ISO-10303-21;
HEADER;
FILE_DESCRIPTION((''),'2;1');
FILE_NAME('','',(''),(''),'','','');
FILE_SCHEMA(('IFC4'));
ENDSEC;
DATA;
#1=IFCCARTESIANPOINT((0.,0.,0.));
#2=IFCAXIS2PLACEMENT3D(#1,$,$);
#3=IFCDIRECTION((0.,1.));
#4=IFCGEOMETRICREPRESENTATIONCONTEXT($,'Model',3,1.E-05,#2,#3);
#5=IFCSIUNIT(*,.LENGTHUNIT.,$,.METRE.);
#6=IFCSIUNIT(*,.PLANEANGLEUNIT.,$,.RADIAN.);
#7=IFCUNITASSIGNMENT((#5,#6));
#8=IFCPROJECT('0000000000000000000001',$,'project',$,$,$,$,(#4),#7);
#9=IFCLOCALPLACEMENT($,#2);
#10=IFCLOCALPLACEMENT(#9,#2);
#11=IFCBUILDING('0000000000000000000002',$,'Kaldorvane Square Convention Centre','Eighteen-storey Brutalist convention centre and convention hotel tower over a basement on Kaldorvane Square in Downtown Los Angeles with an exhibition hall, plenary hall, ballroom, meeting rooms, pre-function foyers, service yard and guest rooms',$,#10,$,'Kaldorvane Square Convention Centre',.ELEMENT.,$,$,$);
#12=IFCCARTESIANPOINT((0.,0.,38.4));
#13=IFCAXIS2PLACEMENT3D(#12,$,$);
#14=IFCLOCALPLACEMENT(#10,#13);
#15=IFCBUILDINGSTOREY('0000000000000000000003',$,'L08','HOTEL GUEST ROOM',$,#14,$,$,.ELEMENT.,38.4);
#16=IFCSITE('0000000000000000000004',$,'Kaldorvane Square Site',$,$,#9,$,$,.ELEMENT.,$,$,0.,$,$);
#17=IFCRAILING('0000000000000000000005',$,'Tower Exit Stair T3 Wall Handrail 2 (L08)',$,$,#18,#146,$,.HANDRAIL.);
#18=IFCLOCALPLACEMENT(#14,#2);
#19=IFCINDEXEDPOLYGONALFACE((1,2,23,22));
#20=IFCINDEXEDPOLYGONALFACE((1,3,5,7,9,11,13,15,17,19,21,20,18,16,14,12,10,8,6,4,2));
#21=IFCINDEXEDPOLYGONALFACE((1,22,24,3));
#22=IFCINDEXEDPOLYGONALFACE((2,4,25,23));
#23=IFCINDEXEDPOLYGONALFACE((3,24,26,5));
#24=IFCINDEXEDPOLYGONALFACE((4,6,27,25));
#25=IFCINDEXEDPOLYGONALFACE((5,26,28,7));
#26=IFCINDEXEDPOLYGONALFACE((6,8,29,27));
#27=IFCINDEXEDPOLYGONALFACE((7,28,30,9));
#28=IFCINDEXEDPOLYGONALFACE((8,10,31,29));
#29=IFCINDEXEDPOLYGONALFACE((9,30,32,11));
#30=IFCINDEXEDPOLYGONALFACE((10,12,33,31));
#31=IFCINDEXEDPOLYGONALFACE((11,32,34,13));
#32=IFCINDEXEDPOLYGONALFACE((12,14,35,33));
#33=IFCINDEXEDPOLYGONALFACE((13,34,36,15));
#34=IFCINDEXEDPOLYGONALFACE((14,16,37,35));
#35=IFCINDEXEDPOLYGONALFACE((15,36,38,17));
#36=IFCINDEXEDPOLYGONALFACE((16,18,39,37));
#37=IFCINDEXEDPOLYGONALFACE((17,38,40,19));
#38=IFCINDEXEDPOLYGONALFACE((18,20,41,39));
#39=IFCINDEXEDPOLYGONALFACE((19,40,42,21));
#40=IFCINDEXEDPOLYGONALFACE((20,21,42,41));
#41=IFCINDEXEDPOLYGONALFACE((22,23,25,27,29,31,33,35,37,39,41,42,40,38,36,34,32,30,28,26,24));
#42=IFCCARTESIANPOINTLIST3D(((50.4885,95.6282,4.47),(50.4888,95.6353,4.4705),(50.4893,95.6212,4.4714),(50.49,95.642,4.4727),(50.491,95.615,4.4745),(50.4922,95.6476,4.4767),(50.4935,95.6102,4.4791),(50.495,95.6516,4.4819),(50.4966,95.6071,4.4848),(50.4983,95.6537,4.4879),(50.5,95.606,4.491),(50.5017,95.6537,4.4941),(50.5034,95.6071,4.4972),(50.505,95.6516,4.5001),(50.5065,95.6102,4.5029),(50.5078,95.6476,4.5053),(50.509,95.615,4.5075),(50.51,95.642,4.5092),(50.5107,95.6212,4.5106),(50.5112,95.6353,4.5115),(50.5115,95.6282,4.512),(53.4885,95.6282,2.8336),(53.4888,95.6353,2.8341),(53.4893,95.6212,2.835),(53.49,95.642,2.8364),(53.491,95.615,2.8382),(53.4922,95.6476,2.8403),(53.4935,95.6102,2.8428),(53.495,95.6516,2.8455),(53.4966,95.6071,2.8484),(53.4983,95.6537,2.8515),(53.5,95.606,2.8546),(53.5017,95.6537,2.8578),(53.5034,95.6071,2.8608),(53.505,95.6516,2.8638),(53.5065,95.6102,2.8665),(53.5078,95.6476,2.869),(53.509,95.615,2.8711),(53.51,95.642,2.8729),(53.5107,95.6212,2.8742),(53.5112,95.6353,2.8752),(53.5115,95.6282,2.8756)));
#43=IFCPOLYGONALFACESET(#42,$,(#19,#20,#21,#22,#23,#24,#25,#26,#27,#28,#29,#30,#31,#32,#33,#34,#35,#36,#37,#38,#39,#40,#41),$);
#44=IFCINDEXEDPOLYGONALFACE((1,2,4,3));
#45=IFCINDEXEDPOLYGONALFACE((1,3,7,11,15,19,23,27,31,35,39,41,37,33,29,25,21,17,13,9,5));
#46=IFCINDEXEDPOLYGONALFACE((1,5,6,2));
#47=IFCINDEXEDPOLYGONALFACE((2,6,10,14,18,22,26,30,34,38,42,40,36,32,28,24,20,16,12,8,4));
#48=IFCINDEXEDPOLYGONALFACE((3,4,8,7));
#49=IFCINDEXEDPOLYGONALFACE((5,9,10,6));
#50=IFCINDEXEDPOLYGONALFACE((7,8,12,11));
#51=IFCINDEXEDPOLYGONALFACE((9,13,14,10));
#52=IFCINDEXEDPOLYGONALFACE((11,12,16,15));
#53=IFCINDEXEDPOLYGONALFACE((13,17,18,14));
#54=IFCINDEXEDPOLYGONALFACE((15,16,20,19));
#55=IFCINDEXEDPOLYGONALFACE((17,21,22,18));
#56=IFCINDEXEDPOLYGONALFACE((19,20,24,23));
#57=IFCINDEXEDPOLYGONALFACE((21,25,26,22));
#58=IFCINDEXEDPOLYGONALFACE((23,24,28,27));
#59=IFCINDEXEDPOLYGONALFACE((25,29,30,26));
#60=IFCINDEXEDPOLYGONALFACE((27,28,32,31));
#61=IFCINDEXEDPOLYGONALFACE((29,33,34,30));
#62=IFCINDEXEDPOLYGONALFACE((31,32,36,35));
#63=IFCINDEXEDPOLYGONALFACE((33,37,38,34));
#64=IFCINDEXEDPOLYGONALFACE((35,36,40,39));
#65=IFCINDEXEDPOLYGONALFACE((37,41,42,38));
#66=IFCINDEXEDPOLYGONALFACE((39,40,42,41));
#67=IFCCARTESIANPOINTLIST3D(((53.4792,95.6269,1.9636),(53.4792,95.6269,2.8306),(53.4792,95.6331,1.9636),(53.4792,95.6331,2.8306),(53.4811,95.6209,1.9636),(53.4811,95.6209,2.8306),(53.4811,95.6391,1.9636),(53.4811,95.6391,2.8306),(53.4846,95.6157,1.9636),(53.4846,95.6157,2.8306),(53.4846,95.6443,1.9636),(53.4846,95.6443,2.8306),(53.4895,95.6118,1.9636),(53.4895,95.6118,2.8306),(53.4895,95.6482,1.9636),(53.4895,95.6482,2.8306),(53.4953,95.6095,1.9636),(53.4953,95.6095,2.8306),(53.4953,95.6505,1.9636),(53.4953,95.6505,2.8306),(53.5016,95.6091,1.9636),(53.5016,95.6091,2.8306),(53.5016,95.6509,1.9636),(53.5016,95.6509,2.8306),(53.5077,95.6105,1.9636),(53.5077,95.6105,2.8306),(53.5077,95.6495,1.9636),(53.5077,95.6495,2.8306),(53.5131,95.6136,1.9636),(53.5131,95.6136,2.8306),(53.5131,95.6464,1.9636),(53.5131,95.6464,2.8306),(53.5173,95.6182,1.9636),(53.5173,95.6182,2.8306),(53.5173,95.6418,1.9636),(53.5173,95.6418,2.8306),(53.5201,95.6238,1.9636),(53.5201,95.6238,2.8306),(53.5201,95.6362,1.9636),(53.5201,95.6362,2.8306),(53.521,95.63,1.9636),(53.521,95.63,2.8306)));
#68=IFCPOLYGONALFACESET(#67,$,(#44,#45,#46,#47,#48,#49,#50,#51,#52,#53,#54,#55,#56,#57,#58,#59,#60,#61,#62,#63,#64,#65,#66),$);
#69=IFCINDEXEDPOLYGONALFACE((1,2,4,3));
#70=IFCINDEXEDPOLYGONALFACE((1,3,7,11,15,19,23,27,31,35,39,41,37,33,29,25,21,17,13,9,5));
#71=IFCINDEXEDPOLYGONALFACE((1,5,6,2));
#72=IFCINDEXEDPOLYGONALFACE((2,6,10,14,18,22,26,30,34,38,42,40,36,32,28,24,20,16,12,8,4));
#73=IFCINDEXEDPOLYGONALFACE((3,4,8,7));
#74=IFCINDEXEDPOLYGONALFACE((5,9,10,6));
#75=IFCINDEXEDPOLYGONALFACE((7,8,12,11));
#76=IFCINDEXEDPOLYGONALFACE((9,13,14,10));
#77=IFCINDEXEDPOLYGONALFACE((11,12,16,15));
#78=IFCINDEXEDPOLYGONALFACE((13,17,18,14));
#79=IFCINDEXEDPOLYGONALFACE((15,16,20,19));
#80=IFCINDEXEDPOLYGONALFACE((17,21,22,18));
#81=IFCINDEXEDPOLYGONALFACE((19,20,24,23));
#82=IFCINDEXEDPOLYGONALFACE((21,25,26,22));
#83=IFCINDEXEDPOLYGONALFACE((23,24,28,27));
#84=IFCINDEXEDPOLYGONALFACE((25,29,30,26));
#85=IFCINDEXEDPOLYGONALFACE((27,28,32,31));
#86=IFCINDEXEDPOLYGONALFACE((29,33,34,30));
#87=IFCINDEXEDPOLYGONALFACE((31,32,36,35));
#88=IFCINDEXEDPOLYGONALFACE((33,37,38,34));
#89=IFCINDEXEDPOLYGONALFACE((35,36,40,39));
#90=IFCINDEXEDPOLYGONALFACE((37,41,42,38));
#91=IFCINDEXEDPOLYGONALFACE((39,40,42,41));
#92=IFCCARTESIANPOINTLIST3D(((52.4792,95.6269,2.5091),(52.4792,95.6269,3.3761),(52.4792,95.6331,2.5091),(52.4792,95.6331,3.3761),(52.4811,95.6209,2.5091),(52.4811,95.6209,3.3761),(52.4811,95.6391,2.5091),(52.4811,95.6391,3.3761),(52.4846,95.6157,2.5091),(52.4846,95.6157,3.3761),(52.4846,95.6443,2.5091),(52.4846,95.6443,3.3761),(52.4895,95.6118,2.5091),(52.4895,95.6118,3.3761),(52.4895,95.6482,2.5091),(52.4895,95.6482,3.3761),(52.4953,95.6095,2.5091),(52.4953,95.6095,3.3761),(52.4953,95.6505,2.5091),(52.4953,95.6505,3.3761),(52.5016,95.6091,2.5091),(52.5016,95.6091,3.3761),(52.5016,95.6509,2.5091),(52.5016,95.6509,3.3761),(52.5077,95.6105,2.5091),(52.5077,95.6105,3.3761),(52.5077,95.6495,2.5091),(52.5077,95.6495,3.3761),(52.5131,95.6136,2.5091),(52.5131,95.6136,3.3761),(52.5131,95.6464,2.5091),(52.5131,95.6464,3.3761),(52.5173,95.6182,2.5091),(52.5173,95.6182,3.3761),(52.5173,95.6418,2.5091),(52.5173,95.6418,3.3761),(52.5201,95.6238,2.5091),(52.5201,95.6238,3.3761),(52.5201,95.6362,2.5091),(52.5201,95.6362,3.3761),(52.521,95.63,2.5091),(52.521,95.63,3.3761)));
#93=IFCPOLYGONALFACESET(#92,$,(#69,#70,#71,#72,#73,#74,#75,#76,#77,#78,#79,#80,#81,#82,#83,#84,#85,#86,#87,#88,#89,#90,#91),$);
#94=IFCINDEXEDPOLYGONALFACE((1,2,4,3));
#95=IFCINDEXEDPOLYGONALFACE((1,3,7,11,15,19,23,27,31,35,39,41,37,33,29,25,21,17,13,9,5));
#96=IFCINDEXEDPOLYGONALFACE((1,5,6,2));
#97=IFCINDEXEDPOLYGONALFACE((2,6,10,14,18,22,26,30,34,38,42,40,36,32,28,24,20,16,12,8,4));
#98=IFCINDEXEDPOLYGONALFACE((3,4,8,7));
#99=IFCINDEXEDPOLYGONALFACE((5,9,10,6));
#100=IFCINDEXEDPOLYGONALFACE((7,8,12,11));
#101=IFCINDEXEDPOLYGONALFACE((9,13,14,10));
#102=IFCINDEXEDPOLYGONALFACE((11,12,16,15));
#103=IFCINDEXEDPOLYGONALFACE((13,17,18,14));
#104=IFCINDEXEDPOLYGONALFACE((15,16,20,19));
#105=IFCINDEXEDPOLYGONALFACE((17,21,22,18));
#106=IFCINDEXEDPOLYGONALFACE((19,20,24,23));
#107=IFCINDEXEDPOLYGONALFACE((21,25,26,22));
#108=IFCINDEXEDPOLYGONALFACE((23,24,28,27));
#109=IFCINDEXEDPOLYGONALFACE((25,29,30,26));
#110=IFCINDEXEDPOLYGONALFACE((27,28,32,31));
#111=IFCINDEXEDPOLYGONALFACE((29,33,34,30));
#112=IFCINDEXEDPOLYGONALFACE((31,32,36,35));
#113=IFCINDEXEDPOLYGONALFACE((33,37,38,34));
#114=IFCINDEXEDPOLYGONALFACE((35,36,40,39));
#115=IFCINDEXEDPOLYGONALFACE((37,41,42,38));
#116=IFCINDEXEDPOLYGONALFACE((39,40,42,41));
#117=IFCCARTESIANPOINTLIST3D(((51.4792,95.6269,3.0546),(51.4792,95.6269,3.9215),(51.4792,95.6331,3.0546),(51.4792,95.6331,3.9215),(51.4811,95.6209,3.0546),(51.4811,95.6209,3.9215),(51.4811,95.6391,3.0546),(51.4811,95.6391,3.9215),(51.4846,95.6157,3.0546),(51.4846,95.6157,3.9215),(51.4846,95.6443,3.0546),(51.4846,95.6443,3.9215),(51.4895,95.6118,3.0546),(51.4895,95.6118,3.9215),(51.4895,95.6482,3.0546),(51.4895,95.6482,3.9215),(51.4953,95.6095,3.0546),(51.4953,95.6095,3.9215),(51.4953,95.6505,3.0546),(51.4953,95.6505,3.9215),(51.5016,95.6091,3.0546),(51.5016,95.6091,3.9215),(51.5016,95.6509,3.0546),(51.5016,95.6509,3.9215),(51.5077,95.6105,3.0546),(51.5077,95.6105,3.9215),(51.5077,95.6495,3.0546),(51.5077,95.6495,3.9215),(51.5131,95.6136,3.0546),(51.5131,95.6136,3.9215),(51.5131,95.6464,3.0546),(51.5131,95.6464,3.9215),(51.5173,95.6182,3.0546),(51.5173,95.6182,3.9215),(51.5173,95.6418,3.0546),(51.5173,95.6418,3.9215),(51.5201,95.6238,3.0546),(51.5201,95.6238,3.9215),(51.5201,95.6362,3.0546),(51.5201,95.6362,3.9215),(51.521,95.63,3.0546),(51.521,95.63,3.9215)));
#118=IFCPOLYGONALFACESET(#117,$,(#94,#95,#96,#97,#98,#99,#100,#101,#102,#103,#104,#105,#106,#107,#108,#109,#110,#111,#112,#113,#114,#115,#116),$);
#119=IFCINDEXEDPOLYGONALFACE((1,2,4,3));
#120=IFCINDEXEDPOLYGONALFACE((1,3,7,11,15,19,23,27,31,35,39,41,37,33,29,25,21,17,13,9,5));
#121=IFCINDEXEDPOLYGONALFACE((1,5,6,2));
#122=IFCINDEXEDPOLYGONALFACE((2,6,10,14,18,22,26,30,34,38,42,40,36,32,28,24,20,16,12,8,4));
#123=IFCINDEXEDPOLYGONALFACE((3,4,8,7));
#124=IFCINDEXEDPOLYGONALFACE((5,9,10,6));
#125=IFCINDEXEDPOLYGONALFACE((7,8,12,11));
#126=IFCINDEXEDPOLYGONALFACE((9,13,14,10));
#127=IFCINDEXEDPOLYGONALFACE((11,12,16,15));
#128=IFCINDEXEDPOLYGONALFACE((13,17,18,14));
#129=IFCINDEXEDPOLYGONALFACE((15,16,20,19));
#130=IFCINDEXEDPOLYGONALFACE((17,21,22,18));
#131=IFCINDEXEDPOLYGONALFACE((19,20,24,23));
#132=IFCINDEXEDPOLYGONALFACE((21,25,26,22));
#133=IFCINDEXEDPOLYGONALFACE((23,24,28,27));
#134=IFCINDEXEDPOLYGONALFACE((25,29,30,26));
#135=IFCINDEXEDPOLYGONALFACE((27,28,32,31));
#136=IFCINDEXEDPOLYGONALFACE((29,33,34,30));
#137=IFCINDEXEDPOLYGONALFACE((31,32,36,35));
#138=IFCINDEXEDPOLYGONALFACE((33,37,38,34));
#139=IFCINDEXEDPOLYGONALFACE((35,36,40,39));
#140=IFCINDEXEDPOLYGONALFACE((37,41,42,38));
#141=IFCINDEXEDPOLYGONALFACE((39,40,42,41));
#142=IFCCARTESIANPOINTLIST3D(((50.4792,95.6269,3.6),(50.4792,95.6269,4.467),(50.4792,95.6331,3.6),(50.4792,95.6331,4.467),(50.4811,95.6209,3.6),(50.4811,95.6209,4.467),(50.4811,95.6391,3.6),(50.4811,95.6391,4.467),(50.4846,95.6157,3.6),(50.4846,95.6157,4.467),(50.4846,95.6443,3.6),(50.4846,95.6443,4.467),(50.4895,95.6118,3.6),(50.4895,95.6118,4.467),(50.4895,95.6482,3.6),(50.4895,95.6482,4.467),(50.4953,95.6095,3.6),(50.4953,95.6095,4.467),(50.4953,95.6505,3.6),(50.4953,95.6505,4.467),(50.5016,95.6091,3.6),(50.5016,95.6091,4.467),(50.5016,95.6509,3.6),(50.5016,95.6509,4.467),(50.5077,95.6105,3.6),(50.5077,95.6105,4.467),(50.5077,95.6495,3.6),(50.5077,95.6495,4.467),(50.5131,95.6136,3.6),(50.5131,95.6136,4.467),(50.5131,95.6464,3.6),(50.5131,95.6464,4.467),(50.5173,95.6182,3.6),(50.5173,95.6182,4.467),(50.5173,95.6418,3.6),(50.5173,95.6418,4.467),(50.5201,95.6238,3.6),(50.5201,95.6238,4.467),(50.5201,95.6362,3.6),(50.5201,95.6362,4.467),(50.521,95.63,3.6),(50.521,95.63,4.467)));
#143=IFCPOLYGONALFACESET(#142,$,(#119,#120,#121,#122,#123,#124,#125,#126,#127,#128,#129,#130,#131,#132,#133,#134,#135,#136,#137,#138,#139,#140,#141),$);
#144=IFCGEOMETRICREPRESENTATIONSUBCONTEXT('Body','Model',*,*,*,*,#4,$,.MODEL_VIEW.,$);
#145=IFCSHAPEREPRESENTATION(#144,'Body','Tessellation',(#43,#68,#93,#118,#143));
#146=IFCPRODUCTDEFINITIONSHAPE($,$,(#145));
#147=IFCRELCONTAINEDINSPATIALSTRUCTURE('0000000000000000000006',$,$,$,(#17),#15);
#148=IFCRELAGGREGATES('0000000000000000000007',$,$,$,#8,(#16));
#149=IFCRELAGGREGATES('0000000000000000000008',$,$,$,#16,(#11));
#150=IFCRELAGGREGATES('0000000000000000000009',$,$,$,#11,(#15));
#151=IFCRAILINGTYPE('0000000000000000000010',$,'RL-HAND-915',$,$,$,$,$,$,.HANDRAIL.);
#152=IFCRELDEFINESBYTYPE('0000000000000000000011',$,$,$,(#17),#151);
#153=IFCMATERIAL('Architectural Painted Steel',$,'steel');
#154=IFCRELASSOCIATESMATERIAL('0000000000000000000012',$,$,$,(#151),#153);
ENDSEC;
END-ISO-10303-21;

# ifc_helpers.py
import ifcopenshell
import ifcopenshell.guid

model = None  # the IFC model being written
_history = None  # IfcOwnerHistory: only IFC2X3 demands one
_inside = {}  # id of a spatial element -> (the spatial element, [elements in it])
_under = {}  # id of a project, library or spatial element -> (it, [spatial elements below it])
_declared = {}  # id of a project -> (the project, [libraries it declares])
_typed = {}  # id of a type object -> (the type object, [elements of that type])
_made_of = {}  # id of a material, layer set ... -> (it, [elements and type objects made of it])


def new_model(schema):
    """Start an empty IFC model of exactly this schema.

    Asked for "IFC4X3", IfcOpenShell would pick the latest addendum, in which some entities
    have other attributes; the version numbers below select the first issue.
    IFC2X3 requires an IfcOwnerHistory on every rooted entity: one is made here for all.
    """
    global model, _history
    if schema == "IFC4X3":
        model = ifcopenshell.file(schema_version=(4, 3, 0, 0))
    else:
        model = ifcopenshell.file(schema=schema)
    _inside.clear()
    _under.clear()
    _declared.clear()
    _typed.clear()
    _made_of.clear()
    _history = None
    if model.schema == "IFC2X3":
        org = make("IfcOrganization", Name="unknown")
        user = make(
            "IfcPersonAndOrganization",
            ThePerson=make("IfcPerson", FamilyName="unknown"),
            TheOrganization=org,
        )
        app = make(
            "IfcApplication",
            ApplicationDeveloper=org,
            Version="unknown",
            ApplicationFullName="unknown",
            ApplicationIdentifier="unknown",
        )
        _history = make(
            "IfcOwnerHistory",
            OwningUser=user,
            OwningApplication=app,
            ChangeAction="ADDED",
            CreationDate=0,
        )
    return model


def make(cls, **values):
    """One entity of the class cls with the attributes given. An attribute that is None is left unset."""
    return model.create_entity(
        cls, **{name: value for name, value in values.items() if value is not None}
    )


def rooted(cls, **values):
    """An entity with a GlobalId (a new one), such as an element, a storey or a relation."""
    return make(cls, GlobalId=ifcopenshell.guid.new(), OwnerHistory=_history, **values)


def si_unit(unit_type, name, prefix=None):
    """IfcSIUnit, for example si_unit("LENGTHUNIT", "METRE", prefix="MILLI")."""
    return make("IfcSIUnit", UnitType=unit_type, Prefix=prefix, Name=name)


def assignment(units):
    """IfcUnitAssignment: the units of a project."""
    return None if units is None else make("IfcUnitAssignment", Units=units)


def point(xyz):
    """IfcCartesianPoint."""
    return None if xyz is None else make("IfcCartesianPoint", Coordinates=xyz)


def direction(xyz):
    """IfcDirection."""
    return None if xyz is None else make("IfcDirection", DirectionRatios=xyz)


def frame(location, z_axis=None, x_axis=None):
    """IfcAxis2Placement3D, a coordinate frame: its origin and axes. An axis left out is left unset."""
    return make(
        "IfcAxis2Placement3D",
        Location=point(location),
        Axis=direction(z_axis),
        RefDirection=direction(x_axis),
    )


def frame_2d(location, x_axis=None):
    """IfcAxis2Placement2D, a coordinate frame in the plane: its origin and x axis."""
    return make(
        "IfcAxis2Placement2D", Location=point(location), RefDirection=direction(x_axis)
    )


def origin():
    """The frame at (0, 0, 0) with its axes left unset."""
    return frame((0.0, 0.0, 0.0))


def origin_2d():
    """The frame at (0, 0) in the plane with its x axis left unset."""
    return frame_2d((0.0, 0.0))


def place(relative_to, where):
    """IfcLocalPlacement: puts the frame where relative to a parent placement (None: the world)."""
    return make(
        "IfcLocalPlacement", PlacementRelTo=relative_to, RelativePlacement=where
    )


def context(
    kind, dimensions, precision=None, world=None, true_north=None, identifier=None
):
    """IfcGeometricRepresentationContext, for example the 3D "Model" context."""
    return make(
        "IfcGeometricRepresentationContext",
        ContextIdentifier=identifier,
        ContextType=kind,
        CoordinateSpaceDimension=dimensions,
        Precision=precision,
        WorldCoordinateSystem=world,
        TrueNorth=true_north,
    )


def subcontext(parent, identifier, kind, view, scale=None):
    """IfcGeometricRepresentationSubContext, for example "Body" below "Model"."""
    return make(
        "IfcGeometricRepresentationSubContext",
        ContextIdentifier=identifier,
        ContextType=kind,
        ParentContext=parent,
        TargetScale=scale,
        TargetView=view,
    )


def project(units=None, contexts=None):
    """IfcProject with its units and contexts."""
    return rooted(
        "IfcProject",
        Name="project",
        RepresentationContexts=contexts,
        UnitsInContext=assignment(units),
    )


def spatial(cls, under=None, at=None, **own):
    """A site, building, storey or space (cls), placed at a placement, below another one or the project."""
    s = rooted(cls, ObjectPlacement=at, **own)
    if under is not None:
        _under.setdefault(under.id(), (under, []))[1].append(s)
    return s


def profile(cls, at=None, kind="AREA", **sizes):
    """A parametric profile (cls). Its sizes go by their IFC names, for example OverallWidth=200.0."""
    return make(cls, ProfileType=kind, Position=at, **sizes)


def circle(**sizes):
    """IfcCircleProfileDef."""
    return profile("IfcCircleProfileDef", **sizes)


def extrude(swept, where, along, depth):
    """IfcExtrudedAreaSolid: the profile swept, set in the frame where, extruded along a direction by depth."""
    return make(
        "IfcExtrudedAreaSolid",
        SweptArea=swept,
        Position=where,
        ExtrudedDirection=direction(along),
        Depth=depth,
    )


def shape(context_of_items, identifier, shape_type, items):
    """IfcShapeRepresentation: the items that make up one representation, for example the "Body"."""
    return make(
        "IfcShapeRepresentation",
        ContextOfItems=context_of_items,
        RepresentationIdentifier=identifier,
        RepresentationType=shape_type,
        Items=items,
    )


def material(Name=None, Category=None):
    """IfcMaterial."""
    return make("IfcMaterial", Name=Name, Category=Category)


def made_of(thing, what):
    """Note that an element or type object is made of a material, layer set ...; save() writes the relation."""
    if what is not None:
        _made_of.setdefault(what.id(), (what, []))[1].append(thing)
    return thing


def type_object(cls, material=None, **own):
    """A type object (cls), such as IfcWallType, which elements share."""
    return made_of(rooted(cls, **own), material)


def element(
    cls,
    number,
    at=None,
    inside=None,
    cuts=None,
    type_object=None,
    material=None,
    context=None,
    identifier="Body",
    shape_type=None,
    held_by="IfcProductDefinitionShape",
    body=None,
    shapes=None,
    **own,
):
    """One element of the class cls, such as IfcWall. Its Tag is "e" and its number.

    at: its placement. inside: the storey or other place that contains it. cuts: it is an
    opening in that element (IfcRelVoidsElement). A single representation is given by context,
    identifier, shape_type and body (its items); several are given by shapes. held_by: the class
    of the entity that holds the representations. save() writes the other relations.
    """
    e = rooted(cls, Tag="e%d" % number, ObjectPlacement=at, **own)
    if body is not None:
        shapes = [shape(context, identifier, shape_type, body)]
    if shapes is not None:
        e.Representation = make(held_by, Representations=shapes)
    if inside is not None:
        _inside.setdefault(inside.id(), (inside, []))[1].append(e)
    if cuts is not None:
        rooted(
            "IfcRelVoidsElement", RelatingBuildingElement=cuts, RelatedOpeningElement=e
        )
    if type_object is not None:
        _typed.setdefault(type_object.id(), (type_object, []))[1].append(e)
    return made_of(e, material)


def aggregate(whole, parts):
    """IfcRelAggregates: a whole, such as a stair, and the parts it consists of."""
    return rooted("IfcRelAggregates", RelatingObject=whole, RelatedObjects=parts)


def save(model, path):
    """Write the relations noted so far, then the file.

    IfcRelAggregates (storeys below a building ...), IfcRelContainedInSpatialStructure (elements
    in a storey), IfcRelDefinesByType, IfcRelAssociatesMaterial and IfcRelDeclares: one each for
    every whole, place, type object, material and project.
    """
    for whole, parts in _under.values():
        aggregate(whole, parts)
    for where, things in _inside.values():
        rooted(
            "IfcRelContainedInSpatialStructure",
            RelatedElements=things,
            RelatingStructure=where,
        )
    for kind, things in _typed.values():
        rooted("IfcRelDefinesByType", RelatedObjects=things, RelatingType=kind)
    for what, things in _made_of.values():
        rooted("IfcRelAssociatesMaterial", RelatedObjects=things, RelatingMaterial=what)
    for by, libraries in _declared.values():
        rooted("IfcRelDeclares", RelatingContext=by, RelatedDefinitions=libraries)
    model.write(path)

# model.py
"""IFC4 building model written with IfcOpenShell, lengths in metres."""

from ifc_helpers import new_model, si_unit, direction, frame, origin, origin_2d, place, context, subcontext, project, spatial, circle, extrude, material, type_object, element, save


model = new_model("IFC4")

# Units and contexts
model_context = context("Model", 3, precision=1e-05, world=origin(), true_north=direction((0.0, 1.0)))
body_context = subcontext(model_context, "Body", "Model", "MODEL_VIEW")
ifc_project = project(units=[si_unit("LENGTHUNIT", "METRE"), si_unit("PLANEANGLEUNIT", "RADIAN")], contexts=[model_context])

# Site, building, storey
site_placement = place(None, origin())
site = spatial("IfcSite", under=ifc_project, at=site_placement, Name="Kaldorvane Square Site", CompositionType="ELEMENT", RefElevation=0.0)
building_placement = place(site_placement, origin())
building = spatial("IfcBuilding", under=site, at=building_placement, Name="Kaldorvane Square Convention Centre", Description="Eighteen-storey Brutalist convention centre and convention hotel tower over a basement on Kaldorvane Square in Downtown Los Angeles with an exhibition hall, plenary hall, ballroom, meeting rooms, pre-function foyers, service yard and guest rooms", LongName="Kaldorvane Square Convention Centre", CompositionType="ELEMENT")
storey_placement = place(building_placement, frame((0.0, 0.0, 38.4)))
storey = spatial("IfcBuildingStorey", under=building, at=storey_placement, Name="L08", Description="HOTEL GUEST ROOM", CompositionType="ELEMENT", Elevation=38.4)

# Railing
ifc_material_1 = material(Name="Architectural Painted Steel", Category="steel")
railing_type_1 = type_object("IfcRailingType", Name="RL-HAND-915", PredefinedType="HANDRAIL", material=ifc_material_1)
railing_1_placement = place(storey_placement, frame((53.5, 95.63, 1.9636)))
element("IfcRailing", 1, at=railing_1_placement, inside=storey, type_object=railing_type_1, Name="Tower Exit Stair T3 Wall Handrail 2 (L08)", PredefinedType="HANDRAIL", context=body_context, shape_type="SweptSolid", body=[
    extrude(circle(Radius=0.024, at=origin_2d()), frame((0.0, 0.0, 0.891), z_axis=(-0.877895, 0.0, 0.478853), x_axis=(0.0, -1.0, 0.0)), (0.0, 0.0, 1.0), 3.4173),
    extrude(circle(Radius=0.021, at=origin_2d()), origin(), (0.0, 0.0, 1.0), 0.867),
    extrude(circle(Radius=0.021, at=origin_2d()), frame((-1.0, 0.0, 0.5455)), (0.0, 0.0, 1.0), 0.867),
    extrude(circle(Radius=0.021, at=origin_2d()), frame((-2.0, 0.0, 1.0909)), (0.0, 0.0, 1.0), 0.867),
    extrude(circle(Radius=0.021, at=origin_2d()), frame((-3.0, 0.0, 1.6364)), (0.0, 0.0, 1.0), 0.867),
])

save(model, "model.ifc")
